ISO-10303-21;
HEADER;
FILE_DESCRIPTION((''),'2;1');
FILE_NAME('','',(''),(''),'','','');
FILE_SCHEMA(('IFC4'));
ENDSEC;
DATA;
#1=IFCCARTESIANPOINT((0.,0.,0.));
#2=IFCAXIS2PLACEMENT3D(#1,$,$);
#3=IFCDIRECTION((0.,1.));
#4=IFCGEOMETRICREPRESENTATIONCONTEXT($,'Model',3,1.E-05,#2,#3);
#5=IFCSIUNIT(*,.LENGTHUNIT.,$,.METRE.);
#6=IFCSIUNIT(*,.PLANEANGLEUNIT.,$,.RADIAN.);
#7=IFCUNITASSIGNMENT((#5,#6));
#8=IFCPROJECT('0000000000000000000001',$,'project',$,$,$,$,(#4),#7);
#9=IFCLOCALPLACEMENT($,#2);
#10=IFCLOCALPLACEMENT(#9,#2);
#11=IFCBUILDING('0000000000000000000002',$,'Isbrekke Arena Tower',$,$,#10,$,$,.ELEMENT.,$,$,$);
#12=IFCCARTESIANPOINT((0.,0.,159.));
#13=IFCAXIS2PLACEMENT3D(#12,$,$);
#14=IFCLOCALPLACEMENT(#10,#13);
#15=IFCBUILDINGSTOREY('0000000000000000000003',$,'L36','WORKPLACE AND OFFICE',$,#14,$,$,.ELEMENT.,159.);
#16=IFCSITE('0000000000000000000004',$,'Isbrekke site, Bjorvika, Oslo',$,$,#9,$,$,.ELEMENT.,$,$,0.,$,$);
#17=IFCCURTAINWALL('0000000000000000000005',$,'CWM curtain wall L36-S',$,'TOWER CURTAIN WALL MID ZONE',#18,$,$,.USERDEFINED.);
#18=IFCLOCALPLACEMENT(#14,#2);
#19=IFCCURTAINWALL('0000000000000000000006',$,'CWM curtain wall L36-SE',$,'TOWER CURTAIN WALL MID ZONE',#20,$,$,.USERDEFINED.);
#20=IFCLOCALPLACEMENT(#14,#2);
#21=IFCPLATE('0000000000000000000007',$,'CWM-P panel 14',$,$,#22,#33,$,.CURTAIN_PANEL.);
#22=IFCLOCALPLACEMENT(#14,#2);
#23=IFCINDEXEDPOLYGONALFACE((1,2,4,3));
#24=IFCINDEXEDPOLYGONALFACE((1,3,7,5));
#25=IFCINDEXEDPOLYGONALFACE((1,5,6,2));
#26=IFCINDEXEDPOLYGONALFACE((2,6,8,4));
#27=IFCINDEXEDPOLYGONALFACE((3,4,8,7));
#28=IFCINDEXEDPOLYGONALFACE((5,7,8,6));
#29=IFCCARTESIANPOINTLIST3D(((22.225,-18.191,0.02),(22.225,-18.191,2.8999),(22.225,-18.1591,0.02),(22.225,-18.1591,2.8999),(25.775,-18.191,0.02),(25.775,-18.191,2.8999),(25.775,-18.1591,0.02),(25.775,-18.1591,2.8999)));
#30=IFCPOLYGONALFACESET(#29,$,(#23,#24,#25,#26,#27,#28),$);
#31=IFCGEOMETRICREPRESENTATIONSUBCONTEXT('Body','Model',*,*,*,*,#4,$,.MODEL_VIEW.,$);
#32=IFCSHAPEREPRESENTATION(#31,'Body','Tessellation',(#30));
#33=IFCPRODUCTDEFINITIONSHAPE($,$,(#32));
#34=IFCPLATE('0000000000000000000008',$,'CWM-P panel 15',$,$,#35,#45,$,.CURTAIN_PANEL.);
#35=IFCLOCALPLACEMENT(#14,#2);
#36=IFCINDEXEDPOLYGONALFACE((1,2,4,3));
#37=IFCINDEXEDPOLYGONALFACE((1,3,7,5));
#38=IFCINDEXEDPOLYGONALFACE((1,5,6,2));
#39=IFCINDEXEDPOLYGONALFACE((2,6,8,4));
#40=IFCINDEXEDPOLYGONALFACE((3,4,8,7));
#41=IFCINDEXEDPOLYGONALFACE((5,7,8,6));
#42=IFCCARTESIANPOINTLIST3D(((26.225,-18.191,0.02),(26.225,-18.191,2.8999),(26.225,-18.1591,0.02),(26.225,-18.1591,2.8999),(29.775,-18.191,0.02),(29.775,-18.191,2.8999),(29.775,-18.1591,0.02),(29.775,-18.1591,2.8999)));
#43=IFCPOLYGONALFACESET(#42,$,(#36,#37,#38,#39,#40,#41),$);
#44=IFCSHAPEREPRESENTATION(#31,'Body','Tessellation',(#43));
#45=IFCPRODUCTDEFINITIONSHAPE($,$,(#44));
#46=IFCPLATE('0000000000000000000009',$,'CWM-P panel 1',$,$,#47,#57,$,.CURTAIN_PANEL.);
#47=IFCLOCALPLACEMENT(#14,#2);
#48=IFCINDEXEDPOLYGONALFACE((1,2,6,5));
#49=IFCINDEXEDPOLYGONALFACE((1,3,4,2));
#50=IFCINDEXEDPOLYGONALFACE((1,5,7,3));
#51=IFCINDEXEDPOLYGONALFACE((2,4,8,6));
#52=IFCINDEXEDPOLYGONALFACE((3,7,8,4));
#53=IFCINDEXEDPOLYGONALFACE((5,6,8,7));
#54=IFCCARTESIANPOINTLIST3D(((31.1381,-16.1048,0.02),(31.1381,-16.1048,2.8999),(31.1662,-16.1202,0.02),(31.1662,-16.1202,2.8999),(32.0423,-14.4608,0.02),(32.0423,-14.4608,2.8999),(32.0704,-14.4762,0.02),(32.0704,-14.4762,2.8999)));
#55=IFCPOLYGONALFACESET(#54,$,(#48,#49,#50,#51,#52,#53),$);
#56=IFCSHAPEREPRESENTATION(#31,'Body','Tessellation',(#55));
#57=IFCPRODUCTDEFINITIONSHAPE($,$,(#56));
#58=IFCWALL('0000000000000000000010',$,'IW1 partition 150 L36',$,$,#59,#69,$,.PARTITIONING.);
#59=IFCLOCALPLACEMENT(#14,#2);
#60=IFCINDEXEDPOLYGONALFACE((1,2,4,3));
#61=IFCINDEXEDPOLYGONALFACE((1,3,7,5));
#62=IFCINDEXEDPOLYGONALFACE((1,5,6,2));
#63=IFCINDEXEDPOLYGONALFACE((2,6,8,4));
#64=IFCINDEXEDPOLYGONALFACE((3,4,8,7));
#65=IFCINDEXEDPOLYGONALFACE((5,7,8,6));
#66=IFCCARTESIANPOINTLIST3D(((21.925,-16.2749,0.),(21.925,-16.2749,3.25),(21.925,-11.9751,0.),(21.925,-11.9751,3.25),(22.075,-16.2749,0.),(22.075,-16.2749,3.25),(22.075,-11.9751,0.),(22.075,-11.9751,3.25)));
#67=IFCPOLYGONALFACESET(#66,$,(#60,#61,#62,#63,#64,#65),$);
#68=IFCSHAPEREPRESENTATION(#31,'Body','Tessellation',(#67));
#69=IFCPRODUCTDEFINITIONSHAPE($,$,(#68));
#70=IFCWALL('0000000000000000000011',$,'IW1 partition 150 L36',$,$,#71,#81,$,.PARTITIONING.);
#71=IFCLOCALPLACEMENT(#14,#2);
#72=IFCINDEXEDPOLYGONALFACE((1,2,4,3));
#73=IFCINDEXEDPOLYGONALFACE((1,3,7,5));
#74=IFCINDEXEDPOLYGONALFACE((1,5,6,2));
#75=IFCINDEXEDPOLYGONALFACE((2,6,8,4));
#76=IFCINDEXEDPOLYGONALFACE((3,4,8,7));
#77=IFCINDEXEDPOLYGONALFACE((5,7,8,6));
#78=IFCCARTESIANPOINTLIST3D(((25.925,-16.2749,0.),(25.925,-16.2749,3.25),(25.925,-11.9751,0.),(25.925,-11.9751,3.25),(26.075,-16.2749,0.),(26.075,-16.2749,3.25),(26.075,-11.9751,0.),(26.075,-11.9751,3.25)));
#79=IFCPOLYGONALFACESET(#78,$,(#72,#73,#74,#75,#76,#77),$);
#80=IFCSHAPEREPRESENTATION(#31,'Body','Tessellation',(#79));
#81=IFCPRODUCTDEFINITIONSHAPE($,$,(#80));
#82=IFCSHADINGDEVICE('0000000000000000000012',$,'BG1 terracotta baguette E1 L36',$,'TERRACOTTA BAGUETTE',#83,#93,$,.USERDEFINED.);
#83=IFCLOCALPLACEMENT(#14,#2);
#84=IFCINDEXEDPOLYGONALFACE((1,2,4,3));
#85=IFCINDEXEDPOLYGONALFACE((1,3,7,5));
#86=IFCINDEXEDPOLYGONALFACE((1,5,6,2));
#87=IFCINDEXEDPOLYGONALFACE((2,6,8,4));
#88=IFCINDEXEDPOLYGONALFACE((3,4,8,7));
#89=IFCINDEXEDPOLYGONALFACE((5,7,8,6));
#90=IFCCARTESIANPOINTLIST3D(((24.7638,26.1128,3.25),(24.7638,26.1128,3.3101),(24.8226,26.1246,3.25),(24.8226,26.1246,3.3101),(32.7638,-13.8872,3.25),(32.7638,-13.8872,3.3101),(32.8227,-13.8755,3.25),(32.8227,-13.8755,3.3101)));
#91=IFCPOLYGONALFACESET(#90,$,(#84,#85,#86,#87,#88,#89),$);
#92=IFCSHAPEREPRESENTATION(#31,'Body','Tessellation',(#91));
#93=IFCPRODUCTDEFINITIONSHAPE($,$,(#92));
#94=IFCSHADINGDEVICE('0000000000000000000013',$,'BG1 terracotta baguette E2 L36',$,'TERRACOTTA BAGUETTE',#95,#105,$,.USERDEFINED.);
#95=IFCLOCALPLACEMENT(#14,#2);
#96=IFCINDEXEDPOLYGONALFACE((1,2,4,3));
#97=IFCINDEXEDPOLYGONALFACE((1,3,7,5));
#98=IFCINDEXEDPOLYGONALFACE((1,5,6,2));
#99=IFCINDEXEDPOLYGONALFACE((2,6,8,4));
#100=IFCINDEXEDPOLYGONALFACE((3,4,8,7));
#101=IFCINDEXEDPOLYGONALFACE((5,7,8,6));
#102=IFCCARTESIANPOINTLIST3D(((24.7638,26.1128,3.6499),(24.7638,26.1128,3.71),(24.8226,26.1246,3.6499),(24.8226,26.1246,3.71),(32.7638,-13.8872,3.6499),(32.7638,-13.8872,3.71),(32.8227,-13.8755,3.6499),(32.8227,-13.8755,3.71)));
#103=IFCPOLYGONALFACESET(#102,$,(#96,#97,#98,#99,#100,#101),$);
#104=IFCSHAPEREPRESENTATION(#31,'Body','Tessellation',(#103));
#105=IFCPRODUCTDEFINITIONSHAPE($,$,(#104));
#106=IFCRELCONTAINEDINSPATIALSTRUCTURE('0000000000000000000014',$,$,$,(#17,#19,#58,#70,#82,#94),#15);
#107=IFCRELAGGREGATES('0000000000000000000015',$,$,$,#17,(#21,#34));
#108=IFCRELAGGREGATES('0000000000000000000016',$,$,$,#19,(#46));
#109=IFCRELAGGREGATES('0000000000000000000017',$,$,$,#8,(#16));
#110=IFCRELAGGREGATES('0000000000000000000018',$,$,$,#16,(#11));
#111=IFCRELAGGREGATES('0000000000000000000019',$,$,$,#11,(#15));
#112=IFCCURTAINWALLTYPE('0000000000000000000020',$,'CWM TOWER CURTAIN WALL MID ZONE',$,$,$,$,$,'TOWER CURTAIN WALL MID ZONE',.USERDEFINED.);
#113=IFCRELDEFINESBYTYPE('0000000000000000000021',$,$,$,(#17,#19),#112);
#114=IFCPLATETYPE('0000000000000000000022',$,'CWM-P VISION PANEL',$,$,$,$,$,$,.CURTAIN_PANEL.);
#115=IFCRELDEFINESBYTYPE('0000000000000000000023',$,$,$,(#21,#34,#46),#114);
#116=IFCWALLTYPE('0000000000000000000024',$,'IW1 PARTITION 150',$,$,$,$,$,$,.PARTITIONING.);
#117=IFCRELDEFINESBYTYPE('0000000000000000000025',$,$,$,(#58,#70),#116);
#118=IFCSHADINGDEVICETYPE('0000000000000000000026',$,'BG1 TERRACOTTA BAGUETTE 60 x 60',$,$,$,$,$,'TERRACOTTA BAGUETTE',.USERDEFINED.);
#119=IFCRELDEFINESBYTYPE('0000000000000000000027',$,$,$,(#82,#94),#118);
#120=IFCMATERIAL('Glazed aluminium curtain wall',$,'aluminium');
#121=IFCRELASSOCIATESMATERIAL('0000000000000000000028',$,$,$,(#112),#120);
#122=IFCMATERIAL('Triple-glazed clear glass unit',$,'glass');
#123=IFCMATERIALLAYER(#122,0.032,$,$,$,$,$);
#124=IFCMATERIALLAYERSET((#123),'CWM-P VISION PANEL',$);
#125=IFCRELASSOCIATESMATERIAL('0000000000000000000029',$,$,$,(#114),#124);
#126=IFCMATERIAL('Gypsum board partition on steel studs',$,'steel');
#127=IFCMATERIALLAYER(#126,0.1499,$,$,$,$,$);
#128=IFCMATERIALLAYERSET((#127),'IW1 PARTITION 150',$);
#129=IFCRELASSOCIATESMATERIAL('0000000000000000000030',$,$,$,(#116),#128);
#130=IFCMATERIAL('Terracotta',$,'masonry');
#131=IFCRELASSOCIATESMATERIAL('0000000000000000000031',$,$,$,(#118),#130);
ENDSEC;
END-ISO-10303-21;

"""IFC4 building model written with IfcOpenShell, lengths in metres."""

from ifc_helpers import new_model, si_unit, direction, frame, frame_2d, origin, origin_2d, place, context, subcontext, project, spatial, rectangle, extrude, material, layer, layer_set, material_profile, profile_set, type_object, element, aggregate, save


model = new_model("IFC4")

# Units and contexts
model_context = context("Model", 3, precision=1e-05, world=origin(), true_north=direction((0.0, 1.0)))
body_context = subcontext(model_context, "Body", "Model", "MODEL_VIEW")
ifc_project = project(units=[si_unit("LENGTHUNIT", "METRE"), si_unit("PLANEANGLEUNIT", "RADIAN")], contexts=[model_context])

# Site, building, storey
site_placement = place(None, origin())
site = spatial("IfcSite", under=ifc_project, at=site_placement, Name="Isbrekke site, Bjorvika, Oslo", CompositionType="ELEMENT", RefElevation=0.0)
building_placement = place(site_placement, origin())
building = spatial("IfcBuilding", under=site, at=building_placement, Name="Isbrekke Arena Tower", CompositionType="ELEMENT")
storey_placement = place(building_placement, frame((0.0, 0.0, 159.0)))
storey = spatial("IfcBuildingStorey", under=building, at=storey_placement, Name="L36", Description="WORKPLACE AND OFFICE", CompositionType="ELEMENT", Elevation=159.0)

# Curtain walls
ifc_material_1 = material(Name="Glazed aluminium curtain wall", Category="aluminium")
curtain_wall_type = type_object("IfcCurtainWallType", Name="CWM TOWER CURTAIN WALL MID ZONE", ElementType="TOWER CURTAIN WALL MID ZONE", PredefinedType="USERDEFINED", material=ifc_material_1)
curtain_wall_1_placement = place(storey_placement, origin())
curtain_wall_1 = element("IfcCurtainWall", 1, at=curtain_wall_1_placement, inside=storey, type_object=curtain_wall_type, Name="CWM curtain wall L36-S", ObjectType="TOWER CURTAIN WALL MID ZONE", PredefinedType="USERDEFINED")
curtain_wall_2_placement = place(storey_placement, origin())
curtain_wall_2 = element("IfcCurtainWall", 2, at=curtain_wall_2_placement, inside=storey, type_object=curtain_wall_type, Name="CWM curtain wall L36-SE", ObjectType="TOWER CURTAIN WALL MID ZONE", PredefinedType="USERDEFINED")

# Plates
ifc_material_2 = material(Name="Triple-glazed clear glass unit", Category="glass")
ifc_layer_1 = layer(ifc_material_2, 0.032)
ifc_layer_set_1 = layer_set([ifc_layer_1], Name="CWM-P VISION PANEL")
plate_type = type_object("IfcPlateType", Name="CWM-P VISION PANEL", PredefinedType="CURTAIN_PANEL", material=ifc_layer_set_1)
plate_1_placement = place(storey_placement, frame((24.0, -18.175, 0.02), z_axis=(0.0, 0.0, 1.0), x_axis=(1.0, 0.0, 0.0)))
plate_1 = element("IfcPlate", 3, at=plate_1_placement, type_object=plate_type, Name="CWM-P panel 14", PredefinedType="CURTAIN_PANEL", context=body_context, shape_type="SweptSolid", body=[
    extrude(rectangle(XDim=3.55, YDim=0.032, at=origin_2d()), origin(), (0.0, 0.0, 1.0), 2.8799),
])
plate_2_placement = place(storey_placement, frame((28.0, -18.175, 0.02), z_axis=(0.0, 0.0, 1.0), x_axis=(1.0, 0.0, 0.0)))
plate_2 = element("IfcPlate", 4, at=plate_2_placement, type_object=plate_type, Name="CWM-P panel 15", PredefinedType="CURTAIN_PANEL", context=body_context, shape_type="SweptSolid", body=[
    extrude(rectangle(XDim=3.55, YDim=0.032, at=origin_2d()), origin(), (0.0, 0.0, 1.0), 2.8799),
])
aggregate(curtain_wall_1, [plate_1, plate_2])
plate_3_placement = place(storey_placement, frame((31.6042, -15.2905, 0.02), z_axis=(0.0, 0.0, 1.0), x_axis=(0.481919, 0.876216, 0.0)))
plate_3 = element("IfcPlate", 5, at=plate_3_placement, type_object=plate_type, Name="CWM-P panel 1", PredefinedType="CURTAIN_PANEL", context=body_context, shape_type="SweptSolid", body=[
    extrude(rectangle(XDim=1.8762, YDim=0.032, at=origin_2d()), origin(), (0.0, 0.0, 1.0), 2.8799),
])
aggregate(curtain_wall_2, [plate_3])

# Walls
ifc_material_3 = material(Name="Gypsum board partition on steel studs", Category="steel")
ifc_layer_2 = layer(ifc_material_3, 0.1499)
ifc_layer_set_2 = layer_set([ifc_layer_2], Name="IW1 PARTITION 150")
wall_type = type_object("IfcWallType", Name="IW1 PARTITION 150", PredefinedType="PARTITIONING", material=ifc_layer_set_2)
for number, where, z_axis, x_axis, name in (
    (6, (22.0, -16.2749, 0.0), (0.0, 0.0, 1.0), (0.0, 1.0, 0.0), "IW1 partition 150 L36"),
    (7, (26.0, -16.2749, 0.0), (0.0, 0.0, 1.0), (0.0, 1.0, 0.0), "IW1 partition 150 L36"),
):
    element("IfcWall", number, at=place(storey_placement, frame(where, z_axis=z_axis, x_axis=x_axis)), inside=storey, type_object=wall_type, Name=name, PredefinedType="PARTITIONING", context=body_context, shape_type="SweptSolid", body=[
        extrude(rectangle(XDim=4.2998, YDim=0.1499, at=frame_2d((2.1499, 0.0))), origin(), (0.0, 0.0, 1.0), 3.25),
    ])

# Shading devices
ifc_material_4 = material(Name="Terracotta", Category="masonry")
ifc_material_profile_1 = material_profile(ifc_material_4, rectangle(XDim=0.0601, YDim=0.0601, at=origin_2d()), Name="BAGUETTE 60X60")
ifc_profile_set_1 = profile_set([ifc_material_profile_1], Name="Terracotta")
shading_device_type = type_object("IfcShadingDeviceType", Name="BG1 TERRACOTTA BAGUETTE 60 x 60", ElementType="TERRACOTTA BAGUETTE", PredefinedType="USERDEFINED", material=ifc_profile_set_1)
for number, where, z_axis, x_axis, name in (
    (8, (32.7932, -13.8813, 3.28), (-0.196116, 0.980581, 0.0), (-0.980581, -0.196116, 0.0), "BG1 terracotta baguette E1 L36"),
    (9, (32.7932, -13.8813, 3.6799), (-0.196116, 0.980581, 0.0), (-0.980581, -0.196116, 0.0), "BG1 terracotta baguette E2 L36"),
):
    element("IfcShadingDevice", number, at=place(storey_placement, frame(where, z_axis=z_axis, x_axis=x_axis)), inside=storey, type_object=shading_device_type, Name=name, ObjectType="TERRACOTTA BAGUETTE", PredefinedType="USERDEFINED", context=body_context, shape_type="SweptSolid", body=[
        extrude(rectangle(XDim=0.0601, YDim=0.0601, at=origin_2d()), origin(), (0.0, 0.0, 1.0), 40.7922),
    ])

save(model, "model.ifc")
